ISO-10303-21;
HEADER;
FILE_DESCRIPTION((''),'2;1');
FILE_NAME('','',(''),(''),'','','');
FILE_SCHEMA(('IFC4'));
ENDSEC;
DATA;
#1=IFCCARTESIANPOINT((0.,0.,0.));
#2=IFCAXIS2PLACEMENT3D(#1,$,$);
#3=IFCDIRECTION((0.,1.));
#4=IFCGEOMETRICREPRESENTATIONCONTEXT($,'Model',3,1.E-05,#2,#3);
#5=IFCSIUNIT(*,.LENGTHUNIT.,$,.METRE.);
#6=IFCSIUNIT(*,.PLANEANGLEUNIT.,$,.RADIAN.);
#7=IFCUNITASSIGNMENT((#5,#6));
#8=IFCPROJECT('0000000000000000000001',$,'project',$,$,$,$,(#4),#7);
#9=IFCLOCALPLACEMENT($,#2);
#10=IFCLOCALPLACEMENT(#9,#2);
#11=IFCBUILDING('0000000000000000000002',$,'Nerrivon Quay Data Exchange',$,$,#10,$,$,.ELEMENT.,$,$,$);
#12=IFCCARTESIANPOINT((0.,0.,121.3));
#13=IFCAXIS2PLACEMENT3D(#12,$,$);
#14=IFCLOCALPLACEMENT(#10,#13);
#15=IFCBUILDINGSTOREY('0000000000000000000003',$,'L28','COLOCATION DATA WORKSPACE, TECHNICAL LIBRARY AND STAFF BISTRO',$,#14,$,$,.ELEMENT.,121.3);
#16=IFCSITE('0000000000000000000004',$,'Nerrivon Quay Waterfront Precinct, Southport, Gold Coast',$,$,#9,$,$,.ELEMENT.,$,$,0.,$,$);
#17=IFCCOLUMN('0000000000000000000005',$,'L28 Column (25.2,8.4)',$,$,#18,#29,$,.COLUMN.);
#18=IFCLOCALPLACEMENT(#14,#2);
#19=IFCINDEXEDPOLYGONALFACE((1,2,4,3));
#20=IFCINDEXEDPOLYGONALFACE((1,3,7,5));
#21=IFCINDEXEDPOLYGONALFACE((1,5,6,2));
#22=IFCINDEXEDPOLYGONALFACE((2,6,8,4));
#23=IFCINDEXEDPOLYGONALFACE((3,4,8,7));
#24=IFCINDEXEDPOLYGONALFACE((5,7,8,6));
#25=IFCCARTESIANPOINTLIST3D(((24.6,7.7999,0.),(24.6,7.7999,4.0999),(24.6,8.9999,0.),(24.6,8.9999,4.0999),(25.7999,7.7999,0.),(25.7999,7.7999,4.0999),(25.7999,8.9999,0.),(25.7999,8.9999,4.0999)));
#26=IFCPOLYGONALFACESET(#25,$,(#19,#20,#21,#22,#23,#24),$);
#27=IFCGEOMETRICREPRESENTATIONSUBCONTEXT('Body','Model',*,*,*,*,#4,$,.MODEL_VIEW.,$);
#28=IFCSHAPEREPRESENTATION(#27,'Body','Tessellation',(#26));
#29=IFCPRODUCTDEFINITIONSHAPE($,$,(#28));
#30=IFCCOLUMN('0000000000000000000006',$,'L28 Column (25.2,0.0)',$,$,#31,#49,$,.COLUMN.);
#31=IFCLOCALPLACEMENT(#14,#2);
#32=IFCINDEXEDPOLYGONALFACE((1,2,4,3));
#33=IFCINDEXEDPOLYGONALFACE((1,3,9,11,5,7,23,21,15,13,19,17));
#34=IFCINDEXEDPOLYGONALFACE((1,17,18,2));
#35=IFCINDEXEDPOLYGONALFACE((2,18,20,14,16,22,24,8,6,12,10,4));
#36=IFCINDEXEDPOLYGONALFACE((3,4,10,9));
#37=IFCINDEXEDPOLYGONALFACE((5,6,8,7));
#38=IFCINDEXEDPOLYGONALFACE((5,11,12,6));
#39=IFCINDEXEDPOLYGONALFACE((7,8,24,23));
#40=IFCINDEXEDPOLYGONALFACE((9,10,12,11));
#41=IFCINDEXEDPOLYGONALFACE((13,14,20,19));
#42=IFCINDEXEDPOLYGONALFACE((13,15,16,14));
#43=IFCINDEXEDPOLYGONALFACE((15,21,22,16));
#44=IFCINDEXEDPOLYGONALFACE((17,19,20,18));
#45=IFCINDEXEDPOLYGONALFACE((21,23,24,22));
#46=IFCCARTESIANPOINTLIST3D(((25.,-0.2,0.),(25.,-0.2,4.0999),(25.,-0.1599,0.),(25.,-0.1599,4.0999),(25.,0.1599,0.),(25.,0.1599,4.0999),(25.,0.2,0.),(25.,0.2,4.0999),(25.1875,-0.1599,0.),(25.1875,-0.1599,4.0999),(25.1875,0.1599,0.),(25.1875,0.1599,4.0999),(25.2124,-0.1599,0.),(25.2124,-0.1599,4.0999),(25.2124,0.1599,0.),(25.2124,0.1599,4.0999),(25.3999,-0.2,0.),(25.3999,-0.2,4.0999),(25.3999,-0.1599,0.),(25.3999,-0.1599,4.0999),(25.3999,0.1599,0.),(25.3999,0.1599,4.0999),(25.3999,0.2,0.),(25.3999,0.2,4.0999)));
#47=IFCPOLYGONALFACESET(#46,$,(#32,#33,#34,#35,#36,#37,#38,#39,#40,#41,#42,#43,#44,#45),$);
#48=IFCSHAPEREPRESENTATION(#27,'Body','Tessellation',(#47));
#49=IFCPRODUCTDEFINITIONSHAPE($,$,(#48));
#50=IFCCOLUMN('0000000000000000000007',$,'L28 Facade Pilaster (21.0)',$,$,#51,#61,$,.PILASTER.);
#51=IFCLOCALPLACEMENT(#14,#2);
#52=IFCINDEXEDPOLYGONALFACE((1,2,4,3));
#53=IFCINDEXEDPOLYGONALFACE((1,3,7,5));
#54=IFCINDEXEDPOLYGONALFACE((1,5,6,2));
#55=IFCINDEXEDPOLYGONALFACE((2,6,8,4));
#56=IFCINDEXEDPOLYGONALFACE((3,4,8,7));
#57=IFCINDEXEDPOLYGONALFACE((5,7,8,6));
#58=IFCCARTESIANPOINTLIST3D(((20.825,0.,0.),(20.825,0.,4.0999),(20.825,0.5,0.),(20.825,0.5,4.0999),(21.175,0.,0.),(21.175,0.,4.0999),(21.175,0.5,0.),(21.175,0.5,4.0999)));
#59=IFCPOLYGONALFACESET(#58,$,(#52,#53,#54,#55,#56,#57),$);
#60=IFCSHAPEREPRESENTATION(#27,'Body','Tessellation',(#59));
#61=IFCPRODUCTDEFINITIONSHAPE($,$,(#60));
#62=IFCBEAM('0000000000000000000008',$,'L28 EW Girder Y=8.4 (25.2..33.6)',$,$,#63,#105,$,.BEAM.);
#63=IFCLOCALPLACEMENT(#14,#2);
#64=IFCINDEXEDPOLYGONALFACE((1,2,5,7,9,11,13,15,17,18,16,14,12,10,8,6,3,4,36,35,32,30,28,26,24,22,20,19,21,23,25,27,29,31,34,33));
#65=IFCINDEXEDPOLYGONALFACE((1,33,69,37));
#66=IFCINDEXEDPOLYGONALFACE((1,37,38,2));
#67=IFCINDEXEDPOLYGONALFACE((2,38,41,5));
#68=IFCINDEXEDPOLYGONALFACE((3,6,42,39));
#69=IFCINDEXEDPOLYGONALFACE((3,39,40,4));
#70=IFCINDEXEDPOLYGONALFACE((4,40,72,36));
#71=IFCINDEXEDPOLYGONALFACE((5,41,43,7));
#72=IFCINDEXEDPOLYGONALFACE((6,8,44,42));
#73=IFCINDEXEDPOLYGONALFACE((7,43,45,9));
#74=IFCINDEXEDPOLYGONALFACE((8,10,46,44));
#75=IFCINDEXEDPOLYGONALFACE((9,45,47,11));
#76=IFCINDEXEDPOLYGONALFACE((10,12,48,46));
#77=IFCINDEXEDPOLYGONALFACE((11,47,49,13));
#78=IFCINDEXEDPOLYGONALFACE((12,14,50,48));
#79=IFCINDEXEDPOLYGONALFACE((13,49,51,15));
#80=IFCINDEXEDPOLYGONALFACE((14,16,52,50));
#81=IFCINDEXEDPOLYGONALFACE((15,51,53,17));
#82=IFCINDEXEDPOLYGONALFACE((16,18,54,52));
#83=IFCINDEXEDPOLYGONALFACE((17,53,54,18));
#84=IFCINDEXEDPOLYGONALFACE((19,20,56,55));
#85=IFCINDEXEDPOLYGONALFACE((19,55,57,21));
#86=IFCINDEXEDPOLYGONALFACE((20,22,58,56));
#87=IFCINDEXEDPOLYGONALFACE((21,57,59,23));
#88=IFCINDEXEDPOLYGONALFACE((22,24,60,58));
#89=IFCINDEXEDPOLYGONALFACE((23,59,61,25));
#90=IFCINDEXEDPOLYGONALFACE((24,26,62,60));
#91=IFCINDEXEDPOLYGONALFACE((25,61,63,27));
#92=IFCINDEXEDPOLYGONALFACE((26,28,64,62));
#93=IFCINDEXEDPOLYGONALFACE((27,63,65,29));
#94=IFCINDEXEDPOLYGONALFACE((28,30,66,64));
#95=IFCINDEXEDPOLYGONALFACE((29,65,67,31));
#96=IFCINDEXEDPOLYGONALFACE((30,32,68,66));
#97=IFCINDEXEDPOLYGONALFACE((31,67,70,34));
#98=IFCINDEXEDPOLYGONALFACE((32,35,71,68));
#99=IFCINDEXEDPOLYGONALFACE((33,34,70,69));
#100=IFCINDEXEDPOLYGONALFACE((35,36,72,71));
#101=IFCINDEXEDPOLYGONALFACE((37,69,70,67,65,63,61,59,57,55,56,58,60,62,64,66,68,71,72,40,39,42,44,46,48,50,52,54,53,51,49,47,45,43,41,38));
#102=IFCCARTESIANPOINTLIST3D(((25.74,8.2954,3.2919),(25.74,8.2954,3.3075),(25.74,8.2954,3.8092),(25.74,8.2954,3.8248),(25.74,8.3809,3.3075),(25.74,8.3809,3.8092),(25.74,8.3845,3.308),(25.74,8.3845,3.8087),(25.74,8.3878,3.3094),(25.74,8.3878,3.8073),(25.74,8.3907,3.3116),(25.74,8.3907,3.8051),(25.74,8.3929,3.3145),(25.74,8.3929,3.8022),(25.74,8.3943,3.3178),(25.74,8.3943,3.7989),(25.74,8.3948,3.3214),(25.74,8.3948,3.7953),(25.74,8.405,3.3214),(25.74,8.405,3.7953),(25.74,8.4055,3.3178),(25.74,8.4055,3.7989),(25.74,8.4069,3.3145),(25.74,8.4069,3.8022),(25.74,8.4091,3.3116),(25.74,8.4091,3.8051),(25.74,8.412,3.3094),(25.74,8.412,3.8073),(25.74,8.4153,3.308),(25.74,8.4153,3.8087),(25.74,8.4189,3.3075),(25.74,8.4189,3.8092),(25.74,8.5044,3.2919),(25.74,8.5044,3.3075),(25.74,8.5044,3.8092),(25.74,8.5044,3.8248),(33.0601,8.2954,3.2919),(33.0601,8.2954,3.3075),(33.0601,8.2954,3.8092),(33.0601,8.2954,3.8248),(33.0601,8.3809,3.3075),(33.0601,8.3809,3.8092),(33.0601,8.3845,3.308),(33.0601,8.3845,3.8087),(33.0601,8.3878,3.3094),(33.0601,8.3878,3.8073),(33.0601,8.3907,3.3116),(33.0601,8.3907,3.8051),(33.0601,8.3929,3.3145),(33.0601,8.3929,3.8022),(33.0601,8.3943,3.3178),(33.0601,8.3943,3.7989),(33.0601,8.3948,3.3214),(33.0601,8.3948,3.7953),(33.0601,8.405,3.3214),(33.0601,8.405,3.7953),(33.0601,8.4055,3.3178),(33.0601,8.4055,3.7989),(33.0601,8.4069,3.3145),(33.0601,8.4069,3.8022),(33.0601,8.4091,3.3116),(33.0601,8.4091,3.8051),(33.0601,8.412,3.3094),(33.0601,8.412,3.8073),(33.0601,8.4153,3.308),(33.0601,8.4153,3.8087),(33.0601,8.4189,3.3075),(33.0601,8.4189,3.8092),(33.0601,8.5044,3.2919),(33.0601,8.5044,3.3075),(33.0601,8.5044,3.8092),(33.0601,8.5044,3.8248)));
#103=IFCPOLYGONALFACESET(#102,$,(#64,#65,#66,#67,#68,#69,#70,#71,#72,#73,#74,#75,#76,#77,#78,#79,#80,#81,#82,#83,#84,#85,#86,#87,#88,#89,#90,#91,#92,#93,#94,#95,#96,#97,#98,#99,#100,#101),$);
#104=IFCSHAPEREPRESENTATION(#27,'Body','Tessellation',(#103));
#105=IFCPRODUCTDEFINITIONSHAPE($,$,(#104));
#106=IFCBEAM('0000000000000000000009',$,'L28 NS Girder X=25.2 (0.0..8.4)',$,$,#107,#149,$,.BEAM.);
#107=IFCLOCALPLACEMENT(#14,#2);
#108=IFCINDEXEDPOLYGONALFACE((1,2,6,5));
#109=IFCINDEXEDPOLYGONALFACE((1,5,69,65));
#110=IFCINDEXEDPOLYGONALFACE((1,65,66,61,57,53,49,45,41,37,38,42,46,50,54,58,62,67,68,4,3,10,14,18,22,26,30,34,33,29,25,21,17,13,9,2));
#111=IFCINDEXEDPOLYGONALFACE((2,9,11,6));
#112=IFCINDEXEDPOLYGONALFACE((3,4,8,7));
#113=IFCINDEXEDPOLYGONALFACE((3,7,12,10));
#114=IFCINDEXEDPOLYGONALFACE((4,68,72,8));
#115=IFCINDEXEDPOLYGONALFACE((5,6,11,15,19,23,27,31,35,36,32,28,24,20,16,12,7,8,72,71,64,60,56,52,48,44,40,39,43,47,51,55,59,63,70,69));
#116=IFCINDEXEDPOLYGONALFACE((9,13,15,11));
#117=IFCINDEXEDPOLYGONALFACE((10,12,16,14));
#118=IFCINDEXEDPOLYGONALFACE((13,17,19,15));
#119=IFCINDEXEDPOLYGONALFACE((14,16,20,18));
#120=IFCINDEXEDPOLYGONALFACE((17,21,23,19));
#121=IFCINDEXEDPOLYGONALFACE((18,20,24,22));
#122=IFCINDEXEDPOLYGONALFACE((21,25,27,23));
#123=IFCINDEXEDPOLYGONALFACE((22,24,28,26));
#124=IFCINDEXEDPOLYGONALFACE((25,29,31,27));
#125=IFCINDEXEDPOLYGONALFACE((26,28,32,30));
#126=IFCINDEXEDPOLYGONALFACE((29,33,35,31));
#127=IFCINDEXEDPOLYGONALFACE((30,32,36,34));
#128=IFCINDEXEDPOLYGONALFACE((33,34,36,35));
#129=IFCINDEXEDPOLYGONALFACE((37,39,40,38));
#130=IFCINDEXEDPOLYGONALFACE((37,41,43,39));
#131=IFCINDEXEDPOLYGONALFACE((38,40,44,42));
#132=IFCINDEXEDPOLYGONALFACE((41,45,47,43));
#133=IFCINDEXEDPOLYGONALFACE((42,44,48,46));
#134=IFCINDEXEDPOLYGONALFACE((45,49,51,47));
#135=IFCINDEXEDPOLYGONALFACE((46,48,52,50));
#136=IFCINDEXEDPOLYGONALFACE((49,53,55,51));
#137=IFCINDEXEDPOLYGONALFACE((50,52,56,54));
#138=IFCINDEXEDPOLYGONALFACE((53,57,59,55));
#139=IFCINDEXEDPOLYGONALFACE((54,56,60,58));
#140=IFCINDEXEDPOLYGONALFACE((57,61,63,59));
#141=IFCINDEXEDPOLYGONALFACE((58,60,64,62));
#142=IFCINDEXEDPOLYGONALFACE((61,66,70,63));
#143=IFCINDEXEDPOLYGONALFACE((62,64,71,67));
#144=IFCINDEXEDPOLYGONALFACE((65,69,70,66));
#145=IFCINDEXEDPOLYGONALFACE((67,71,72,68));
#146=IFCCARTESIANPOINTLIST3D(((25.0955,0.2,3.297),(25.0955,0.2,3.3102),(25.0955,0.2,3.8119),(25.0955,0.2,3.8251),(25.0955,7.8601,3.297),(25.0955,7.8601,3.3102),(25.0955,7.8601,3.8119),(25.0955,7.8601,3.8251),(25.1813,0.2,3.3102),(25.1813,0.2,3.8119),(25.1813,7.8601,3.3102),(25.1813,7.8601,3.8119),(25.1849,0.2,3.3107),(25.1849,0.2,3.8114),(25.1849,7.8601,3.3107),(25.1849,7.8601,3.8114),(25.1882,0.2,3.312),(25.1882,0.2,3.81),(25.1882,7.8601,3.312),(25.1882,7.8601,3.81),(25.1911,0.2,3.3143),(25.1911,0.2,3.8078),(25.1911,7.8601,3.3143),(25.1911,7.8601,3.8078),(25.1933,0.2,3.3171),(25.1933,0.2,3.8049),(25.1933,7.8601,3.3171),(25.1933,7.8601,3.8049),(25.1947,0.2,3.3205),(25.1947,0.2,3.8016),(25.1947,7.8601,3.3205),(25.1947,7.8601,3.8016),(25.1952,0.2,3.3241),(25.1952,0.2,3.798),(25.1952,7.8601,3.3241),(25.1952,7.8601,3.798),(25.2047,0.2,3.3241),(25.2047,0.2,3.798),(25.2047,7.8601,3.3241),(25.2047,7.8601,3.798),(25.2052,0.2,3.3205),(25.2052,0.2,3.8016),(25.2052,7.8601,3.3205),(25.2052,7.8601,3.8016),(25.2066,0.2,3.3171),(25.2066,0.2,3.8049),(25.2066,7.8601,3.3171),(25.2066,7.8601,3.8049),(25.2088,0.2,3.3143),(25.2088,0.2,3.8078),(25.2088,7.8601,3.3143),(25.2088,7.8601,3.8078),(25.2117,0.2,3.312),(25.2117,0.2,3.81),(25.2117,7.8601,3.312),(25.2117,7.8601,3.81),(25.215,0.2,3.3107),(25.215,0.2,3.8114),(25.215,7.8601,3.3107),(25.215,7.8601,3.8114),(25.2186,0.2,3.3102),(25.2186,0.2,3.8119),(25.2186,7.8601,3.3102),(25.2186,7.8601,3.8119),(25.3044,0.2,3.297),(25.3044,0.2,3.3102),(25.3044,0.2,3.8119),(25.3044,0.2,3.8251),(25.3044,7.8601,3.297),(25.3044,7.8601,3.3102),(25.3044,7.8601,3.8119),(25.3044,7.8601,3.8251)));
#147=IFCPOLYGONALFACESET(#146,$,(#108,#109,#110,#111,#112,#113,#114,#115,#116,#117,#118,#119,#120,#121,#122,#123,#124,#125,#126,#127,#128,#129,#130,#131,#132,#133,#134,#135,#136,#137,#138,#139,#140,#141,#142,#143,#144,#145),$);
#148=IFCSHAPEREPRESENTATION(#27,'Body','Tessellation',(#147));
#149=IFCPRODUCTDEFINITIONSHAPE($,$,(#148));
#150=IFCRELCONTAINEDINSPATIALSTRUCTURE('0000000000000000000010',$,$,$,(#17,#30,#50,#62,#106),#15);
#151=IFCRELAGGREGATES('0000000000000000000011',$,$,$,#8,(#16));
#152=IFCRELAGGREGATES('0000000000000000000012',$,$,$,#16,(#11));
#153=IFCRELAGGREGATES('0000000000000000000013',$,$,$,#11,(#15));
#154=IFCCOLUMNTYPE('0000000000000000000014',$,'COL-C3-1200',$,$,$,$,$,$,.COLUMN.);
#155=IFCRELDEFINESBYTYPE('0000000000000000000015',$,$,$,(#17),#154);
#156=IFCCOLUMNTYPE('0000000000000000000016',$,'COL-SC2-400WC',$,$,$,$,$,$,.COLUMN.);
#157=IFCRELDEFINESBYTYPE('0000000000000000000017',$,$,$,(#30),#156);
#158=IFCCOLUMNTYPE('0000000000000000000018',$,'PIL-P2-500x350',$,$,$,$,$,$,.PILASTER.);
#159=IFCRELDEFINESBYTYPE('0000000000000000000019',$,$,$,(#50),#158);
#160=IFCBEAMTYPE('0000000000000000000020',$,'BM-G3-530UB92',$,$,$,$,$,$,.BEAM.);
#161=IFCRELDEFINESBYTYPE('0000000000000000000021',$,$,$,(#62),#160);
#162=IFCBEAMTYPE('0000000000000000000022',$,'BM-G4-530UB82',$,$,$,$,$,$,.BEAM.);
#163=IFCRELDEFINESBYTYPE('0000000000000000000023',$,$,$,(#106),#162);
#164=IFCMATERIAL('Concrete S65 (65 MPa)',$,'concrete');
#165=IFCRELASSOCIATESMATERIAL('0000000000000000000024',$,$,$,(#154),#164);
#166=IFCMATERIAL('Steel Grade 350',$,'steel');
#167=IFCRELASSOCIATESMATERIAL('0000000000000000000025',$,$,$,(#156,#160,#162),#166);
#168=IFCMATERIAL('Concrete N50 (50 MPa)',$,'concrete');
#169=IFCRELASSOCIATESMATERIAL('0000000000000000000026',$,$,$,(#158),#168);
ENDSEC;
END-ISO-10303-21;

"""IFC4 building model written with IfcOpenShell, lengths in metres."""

from ifc_helpers import new_model, si_unit, direction, frame, origin, origin_2d, place, context, subcontext, project, spatial, rectangle, i_section, extrude, material, material_profile, profile_set, type_object, element, save


model = new_model("IFC4")

# Units and contexts
model_context = context("Model", 3, precision=1e-05, world=origin(), true_north=direction((0.0, 1.0)))
body_context = subcontext(model_context, "Body", "Model", "MODEL_VIEW")
ifc_project = project(units=[si_unit("LENGTHUNIT", "METRE"), si_unit("PLANEANGLEUNIT", "RADIAN")], contexts=[model_context])

# Site, building, storey
site_placement = place(None, origin())
site = spatial("IfcSite", under=ifc_project, at=site_placement, Name="Nerrivon Quay Waterfront Precinct, Southport, Gold Coast", CompositionType="ELEMENT", RefElevation=0.0)
building_placement = place(site_placement, origin())
building = spatial("IfcBuilding", under=site, at=building_placement, Name="Nerrivon Quay Data Exchange", CompositionType="ELEMENT")
storey_placement = place(building_placement, frame((0.0, 0.0, 121.3)))
storey = spatial("IfcBuildingStorey", under=building, at=storey_placement, Name="L28", Description="COLOCATION DATA WORKSPACE, TECHNICAL LIBRARY AND STAFF BISTRO", CompositionType="ELEMENT", Elevation=121.3)

# Columns
ifc_material_1 = material(Name="Concrete S65 (65 MPa)", Category="concrete")
ifc_material_profile_1 = material_profile(ifc_material_1, rectangle(XDim=1.2, YDim=1.2, at=origin_2d()), Name="RC-COL-1200x1200")
ifc_profile_set_1 = profile_set([ifc_material_profile_1], Name="Concrete S65 (65 MPa)")
column_type_1 = type_object("IfcColumnType", Name="COL-C3-1200", PredefinedType="COLUMN", material=ifc_profile_set_1)
column_1_placement = place(storey_placement, frame((25.2, 8.3999, 0.0), z_axis=(0.0, 0.0, 1.0), x_axis=(1.0, 0.0, 0.0)))
element("IfcColumn", 1, at=column_1_placement, inside=storey, type_object=column_type_1, Name="L28 Column (25.2,8.4)", PredefinedType="COLUMN", context=body_context, shape_type="SweptSolid", body=[
    extrude(rectangle(XDim=1.2, YDim=1.2, at=origin_2d()), origin(), (0.0, 0.0, 1.0), 4.0999),
])
ifc_material_2 = material(Name="Steel Grade 350", Category="steel")
ifc_material_profile_2 = material_profile(ifc_material_2, i_section(OverallWidth=0.3999, OverallDepth=0.3999, WebThickness=0.0249, FlangeThickness=0.04, at=origin_2d()), Name="400WC328")
ifc_profile_set_2 = profile_set([ifc_material_profile_2], Name="Steel Grade 350")
column_type_2 = type_object("IfcColumnType", Name="COL-SC2-400WC", PredefinedType="COLUMN", material=ifc_profile_set_2)
column_2_placement = place(storey_placement, frame((25.2, 0.0, 0.0), z_axis=(0.0, 0.0, 1.0), x_axis=(1.0, 0.0, 0.0)))
element("IfcColumn", 2, at=column_2_placement, inside=storey, type_object=column_type_2, Name="L28 Column (25.2,0.0)", PredefinedType="COLUMN", context=body_context, shape_type="SweptSolid", body=[
    extrude(i_section(OverallWidth=0.3999, OverallDepth=0.3999, WebThickness=0.0249, FlangeThickness=0.04, at=origin_2d()), origin(), (0.0, 0.0, 1.0), 4.0999),
])
ifc_material_3 = material(Name="Concrete N50 (50 MPa)", Category="concrete")
ifc_material_profile_3 = material_profile(ifc_material_3, rectangle(XDim=0.3501, YDim=0.5, at=origin_2d()), Name="RC-PIL-500x350")
ifc_profile_set_3 = profile_set([ifc_material_profile_3], Name="Concrete N50 (50 MPa)")
column_type_3 = type_object("IfcColumnType", Name="PIL-P2-500x350", PredefinedType="PILASTER", material=ifc_profile_set_3)
column_3_placement = place(storey_placement, frame((21.0, 0.25, 0.0), z_axis=(0.0, 0.0, 1.0), x_axis=(1.0, 0.0, 0.0)))
element("IfcColumn", 3, at=column_3_placement, inside=storey, type_object=column_type_3, Name="L28 Facade Pilaster (21.0)", PredefinedType="PILASTER", context=body_context, shape_type="SweptSolid", body=[
    extrude(rectangle(XDim=0.3501, YDim=0.5, at=origin_2d()), origin(), (0.0, 0.0, 1.0), 4.0999),
])

# Beams
ifc_material_profile_4 = material_profile(ifc_material_2, i_section(OverallWidth=0.209, OverallDepth=0.533, WebThickness=0.0103, FlangeThickness=0.0156, FilletRadius=0.0139, at=origin_2d()), Name="530UB92.4")
ifc_profile_set_4 = profile_set([ifc_material_profile_4], Name="Steel Grade 350")
beam_type_1 = type_object("IfcBeamType", Name="BM-G3-530UB92", PredefinedType="BEAM", material=ifc_profile_set_4)
beam_1_placement = place(storey_placement, frame((25.74, 8.3999, 3.5583), z_axis=(1.0, 0.0, 0.0), x_axis=(0.0, 1.0, 0.0)))
element("IfcBeam", 4, at=beam_1_placement, inside=storey, type_object=beam_type_1, Name="L28 EW Girder Y=8.4 (25.2..33.6)", PredefinedType="BEAM", context=body_context, shape_type="SweptSolid", body=[
    extrude(i_section(OverallWidth=0.209, OverallDepth=0.533, WebThickness=0.0103, FlangeThickness=0.0156, FilletRadius=0.0139, at=origin_2d()), origin(), (0.0, 0.0, 1.0), 7.3201),
])
ifc_material_profile_5 = material_profile(ifc_material_2, i_section(OverallWidth=0.209, OverallDepth=0.5281, WebThickness=0.0095, FlangeThickness=0.0132, FilletRadius=0.0139, at=origin_2d()), Name="530UB82.0")
ifc_profile_set_5 = profile_set([ifc_material_profile_5], Name="Steel Grade 350")
beam_type_2 = type_object("IfcBeamType", Name="BM-G4-530UB82", PredefinedType="BEAM", material=ifc_profile_set_5)
beam_2_placement = place(storey_placement, frame((25.2, 0.2, 3.561), z_axis=(0.0, 1.0, 0.0), x_axis=(-1.0, 0.0, 0.0)))
element("IfcBeam", 5, at=beam_2_placement, inside=storey, type_object=beam_type_2, Name="L28 NS Girder X=25.2 (0.0..8.4)", PredefinedType="BEAM", context=body_context, shape_type="SweptSolid", body=[
    extrude(i_section(OverallWidth=0.209, OverallDepth=0.5281, WebThickness=0.0095, FlangeThickness=0.0132, FilletRadius=0.0139, at=origin_2d()), origin(), (0.0, 0.0, 1.0), 7.6602),
])

save(model, "model.ifc")
